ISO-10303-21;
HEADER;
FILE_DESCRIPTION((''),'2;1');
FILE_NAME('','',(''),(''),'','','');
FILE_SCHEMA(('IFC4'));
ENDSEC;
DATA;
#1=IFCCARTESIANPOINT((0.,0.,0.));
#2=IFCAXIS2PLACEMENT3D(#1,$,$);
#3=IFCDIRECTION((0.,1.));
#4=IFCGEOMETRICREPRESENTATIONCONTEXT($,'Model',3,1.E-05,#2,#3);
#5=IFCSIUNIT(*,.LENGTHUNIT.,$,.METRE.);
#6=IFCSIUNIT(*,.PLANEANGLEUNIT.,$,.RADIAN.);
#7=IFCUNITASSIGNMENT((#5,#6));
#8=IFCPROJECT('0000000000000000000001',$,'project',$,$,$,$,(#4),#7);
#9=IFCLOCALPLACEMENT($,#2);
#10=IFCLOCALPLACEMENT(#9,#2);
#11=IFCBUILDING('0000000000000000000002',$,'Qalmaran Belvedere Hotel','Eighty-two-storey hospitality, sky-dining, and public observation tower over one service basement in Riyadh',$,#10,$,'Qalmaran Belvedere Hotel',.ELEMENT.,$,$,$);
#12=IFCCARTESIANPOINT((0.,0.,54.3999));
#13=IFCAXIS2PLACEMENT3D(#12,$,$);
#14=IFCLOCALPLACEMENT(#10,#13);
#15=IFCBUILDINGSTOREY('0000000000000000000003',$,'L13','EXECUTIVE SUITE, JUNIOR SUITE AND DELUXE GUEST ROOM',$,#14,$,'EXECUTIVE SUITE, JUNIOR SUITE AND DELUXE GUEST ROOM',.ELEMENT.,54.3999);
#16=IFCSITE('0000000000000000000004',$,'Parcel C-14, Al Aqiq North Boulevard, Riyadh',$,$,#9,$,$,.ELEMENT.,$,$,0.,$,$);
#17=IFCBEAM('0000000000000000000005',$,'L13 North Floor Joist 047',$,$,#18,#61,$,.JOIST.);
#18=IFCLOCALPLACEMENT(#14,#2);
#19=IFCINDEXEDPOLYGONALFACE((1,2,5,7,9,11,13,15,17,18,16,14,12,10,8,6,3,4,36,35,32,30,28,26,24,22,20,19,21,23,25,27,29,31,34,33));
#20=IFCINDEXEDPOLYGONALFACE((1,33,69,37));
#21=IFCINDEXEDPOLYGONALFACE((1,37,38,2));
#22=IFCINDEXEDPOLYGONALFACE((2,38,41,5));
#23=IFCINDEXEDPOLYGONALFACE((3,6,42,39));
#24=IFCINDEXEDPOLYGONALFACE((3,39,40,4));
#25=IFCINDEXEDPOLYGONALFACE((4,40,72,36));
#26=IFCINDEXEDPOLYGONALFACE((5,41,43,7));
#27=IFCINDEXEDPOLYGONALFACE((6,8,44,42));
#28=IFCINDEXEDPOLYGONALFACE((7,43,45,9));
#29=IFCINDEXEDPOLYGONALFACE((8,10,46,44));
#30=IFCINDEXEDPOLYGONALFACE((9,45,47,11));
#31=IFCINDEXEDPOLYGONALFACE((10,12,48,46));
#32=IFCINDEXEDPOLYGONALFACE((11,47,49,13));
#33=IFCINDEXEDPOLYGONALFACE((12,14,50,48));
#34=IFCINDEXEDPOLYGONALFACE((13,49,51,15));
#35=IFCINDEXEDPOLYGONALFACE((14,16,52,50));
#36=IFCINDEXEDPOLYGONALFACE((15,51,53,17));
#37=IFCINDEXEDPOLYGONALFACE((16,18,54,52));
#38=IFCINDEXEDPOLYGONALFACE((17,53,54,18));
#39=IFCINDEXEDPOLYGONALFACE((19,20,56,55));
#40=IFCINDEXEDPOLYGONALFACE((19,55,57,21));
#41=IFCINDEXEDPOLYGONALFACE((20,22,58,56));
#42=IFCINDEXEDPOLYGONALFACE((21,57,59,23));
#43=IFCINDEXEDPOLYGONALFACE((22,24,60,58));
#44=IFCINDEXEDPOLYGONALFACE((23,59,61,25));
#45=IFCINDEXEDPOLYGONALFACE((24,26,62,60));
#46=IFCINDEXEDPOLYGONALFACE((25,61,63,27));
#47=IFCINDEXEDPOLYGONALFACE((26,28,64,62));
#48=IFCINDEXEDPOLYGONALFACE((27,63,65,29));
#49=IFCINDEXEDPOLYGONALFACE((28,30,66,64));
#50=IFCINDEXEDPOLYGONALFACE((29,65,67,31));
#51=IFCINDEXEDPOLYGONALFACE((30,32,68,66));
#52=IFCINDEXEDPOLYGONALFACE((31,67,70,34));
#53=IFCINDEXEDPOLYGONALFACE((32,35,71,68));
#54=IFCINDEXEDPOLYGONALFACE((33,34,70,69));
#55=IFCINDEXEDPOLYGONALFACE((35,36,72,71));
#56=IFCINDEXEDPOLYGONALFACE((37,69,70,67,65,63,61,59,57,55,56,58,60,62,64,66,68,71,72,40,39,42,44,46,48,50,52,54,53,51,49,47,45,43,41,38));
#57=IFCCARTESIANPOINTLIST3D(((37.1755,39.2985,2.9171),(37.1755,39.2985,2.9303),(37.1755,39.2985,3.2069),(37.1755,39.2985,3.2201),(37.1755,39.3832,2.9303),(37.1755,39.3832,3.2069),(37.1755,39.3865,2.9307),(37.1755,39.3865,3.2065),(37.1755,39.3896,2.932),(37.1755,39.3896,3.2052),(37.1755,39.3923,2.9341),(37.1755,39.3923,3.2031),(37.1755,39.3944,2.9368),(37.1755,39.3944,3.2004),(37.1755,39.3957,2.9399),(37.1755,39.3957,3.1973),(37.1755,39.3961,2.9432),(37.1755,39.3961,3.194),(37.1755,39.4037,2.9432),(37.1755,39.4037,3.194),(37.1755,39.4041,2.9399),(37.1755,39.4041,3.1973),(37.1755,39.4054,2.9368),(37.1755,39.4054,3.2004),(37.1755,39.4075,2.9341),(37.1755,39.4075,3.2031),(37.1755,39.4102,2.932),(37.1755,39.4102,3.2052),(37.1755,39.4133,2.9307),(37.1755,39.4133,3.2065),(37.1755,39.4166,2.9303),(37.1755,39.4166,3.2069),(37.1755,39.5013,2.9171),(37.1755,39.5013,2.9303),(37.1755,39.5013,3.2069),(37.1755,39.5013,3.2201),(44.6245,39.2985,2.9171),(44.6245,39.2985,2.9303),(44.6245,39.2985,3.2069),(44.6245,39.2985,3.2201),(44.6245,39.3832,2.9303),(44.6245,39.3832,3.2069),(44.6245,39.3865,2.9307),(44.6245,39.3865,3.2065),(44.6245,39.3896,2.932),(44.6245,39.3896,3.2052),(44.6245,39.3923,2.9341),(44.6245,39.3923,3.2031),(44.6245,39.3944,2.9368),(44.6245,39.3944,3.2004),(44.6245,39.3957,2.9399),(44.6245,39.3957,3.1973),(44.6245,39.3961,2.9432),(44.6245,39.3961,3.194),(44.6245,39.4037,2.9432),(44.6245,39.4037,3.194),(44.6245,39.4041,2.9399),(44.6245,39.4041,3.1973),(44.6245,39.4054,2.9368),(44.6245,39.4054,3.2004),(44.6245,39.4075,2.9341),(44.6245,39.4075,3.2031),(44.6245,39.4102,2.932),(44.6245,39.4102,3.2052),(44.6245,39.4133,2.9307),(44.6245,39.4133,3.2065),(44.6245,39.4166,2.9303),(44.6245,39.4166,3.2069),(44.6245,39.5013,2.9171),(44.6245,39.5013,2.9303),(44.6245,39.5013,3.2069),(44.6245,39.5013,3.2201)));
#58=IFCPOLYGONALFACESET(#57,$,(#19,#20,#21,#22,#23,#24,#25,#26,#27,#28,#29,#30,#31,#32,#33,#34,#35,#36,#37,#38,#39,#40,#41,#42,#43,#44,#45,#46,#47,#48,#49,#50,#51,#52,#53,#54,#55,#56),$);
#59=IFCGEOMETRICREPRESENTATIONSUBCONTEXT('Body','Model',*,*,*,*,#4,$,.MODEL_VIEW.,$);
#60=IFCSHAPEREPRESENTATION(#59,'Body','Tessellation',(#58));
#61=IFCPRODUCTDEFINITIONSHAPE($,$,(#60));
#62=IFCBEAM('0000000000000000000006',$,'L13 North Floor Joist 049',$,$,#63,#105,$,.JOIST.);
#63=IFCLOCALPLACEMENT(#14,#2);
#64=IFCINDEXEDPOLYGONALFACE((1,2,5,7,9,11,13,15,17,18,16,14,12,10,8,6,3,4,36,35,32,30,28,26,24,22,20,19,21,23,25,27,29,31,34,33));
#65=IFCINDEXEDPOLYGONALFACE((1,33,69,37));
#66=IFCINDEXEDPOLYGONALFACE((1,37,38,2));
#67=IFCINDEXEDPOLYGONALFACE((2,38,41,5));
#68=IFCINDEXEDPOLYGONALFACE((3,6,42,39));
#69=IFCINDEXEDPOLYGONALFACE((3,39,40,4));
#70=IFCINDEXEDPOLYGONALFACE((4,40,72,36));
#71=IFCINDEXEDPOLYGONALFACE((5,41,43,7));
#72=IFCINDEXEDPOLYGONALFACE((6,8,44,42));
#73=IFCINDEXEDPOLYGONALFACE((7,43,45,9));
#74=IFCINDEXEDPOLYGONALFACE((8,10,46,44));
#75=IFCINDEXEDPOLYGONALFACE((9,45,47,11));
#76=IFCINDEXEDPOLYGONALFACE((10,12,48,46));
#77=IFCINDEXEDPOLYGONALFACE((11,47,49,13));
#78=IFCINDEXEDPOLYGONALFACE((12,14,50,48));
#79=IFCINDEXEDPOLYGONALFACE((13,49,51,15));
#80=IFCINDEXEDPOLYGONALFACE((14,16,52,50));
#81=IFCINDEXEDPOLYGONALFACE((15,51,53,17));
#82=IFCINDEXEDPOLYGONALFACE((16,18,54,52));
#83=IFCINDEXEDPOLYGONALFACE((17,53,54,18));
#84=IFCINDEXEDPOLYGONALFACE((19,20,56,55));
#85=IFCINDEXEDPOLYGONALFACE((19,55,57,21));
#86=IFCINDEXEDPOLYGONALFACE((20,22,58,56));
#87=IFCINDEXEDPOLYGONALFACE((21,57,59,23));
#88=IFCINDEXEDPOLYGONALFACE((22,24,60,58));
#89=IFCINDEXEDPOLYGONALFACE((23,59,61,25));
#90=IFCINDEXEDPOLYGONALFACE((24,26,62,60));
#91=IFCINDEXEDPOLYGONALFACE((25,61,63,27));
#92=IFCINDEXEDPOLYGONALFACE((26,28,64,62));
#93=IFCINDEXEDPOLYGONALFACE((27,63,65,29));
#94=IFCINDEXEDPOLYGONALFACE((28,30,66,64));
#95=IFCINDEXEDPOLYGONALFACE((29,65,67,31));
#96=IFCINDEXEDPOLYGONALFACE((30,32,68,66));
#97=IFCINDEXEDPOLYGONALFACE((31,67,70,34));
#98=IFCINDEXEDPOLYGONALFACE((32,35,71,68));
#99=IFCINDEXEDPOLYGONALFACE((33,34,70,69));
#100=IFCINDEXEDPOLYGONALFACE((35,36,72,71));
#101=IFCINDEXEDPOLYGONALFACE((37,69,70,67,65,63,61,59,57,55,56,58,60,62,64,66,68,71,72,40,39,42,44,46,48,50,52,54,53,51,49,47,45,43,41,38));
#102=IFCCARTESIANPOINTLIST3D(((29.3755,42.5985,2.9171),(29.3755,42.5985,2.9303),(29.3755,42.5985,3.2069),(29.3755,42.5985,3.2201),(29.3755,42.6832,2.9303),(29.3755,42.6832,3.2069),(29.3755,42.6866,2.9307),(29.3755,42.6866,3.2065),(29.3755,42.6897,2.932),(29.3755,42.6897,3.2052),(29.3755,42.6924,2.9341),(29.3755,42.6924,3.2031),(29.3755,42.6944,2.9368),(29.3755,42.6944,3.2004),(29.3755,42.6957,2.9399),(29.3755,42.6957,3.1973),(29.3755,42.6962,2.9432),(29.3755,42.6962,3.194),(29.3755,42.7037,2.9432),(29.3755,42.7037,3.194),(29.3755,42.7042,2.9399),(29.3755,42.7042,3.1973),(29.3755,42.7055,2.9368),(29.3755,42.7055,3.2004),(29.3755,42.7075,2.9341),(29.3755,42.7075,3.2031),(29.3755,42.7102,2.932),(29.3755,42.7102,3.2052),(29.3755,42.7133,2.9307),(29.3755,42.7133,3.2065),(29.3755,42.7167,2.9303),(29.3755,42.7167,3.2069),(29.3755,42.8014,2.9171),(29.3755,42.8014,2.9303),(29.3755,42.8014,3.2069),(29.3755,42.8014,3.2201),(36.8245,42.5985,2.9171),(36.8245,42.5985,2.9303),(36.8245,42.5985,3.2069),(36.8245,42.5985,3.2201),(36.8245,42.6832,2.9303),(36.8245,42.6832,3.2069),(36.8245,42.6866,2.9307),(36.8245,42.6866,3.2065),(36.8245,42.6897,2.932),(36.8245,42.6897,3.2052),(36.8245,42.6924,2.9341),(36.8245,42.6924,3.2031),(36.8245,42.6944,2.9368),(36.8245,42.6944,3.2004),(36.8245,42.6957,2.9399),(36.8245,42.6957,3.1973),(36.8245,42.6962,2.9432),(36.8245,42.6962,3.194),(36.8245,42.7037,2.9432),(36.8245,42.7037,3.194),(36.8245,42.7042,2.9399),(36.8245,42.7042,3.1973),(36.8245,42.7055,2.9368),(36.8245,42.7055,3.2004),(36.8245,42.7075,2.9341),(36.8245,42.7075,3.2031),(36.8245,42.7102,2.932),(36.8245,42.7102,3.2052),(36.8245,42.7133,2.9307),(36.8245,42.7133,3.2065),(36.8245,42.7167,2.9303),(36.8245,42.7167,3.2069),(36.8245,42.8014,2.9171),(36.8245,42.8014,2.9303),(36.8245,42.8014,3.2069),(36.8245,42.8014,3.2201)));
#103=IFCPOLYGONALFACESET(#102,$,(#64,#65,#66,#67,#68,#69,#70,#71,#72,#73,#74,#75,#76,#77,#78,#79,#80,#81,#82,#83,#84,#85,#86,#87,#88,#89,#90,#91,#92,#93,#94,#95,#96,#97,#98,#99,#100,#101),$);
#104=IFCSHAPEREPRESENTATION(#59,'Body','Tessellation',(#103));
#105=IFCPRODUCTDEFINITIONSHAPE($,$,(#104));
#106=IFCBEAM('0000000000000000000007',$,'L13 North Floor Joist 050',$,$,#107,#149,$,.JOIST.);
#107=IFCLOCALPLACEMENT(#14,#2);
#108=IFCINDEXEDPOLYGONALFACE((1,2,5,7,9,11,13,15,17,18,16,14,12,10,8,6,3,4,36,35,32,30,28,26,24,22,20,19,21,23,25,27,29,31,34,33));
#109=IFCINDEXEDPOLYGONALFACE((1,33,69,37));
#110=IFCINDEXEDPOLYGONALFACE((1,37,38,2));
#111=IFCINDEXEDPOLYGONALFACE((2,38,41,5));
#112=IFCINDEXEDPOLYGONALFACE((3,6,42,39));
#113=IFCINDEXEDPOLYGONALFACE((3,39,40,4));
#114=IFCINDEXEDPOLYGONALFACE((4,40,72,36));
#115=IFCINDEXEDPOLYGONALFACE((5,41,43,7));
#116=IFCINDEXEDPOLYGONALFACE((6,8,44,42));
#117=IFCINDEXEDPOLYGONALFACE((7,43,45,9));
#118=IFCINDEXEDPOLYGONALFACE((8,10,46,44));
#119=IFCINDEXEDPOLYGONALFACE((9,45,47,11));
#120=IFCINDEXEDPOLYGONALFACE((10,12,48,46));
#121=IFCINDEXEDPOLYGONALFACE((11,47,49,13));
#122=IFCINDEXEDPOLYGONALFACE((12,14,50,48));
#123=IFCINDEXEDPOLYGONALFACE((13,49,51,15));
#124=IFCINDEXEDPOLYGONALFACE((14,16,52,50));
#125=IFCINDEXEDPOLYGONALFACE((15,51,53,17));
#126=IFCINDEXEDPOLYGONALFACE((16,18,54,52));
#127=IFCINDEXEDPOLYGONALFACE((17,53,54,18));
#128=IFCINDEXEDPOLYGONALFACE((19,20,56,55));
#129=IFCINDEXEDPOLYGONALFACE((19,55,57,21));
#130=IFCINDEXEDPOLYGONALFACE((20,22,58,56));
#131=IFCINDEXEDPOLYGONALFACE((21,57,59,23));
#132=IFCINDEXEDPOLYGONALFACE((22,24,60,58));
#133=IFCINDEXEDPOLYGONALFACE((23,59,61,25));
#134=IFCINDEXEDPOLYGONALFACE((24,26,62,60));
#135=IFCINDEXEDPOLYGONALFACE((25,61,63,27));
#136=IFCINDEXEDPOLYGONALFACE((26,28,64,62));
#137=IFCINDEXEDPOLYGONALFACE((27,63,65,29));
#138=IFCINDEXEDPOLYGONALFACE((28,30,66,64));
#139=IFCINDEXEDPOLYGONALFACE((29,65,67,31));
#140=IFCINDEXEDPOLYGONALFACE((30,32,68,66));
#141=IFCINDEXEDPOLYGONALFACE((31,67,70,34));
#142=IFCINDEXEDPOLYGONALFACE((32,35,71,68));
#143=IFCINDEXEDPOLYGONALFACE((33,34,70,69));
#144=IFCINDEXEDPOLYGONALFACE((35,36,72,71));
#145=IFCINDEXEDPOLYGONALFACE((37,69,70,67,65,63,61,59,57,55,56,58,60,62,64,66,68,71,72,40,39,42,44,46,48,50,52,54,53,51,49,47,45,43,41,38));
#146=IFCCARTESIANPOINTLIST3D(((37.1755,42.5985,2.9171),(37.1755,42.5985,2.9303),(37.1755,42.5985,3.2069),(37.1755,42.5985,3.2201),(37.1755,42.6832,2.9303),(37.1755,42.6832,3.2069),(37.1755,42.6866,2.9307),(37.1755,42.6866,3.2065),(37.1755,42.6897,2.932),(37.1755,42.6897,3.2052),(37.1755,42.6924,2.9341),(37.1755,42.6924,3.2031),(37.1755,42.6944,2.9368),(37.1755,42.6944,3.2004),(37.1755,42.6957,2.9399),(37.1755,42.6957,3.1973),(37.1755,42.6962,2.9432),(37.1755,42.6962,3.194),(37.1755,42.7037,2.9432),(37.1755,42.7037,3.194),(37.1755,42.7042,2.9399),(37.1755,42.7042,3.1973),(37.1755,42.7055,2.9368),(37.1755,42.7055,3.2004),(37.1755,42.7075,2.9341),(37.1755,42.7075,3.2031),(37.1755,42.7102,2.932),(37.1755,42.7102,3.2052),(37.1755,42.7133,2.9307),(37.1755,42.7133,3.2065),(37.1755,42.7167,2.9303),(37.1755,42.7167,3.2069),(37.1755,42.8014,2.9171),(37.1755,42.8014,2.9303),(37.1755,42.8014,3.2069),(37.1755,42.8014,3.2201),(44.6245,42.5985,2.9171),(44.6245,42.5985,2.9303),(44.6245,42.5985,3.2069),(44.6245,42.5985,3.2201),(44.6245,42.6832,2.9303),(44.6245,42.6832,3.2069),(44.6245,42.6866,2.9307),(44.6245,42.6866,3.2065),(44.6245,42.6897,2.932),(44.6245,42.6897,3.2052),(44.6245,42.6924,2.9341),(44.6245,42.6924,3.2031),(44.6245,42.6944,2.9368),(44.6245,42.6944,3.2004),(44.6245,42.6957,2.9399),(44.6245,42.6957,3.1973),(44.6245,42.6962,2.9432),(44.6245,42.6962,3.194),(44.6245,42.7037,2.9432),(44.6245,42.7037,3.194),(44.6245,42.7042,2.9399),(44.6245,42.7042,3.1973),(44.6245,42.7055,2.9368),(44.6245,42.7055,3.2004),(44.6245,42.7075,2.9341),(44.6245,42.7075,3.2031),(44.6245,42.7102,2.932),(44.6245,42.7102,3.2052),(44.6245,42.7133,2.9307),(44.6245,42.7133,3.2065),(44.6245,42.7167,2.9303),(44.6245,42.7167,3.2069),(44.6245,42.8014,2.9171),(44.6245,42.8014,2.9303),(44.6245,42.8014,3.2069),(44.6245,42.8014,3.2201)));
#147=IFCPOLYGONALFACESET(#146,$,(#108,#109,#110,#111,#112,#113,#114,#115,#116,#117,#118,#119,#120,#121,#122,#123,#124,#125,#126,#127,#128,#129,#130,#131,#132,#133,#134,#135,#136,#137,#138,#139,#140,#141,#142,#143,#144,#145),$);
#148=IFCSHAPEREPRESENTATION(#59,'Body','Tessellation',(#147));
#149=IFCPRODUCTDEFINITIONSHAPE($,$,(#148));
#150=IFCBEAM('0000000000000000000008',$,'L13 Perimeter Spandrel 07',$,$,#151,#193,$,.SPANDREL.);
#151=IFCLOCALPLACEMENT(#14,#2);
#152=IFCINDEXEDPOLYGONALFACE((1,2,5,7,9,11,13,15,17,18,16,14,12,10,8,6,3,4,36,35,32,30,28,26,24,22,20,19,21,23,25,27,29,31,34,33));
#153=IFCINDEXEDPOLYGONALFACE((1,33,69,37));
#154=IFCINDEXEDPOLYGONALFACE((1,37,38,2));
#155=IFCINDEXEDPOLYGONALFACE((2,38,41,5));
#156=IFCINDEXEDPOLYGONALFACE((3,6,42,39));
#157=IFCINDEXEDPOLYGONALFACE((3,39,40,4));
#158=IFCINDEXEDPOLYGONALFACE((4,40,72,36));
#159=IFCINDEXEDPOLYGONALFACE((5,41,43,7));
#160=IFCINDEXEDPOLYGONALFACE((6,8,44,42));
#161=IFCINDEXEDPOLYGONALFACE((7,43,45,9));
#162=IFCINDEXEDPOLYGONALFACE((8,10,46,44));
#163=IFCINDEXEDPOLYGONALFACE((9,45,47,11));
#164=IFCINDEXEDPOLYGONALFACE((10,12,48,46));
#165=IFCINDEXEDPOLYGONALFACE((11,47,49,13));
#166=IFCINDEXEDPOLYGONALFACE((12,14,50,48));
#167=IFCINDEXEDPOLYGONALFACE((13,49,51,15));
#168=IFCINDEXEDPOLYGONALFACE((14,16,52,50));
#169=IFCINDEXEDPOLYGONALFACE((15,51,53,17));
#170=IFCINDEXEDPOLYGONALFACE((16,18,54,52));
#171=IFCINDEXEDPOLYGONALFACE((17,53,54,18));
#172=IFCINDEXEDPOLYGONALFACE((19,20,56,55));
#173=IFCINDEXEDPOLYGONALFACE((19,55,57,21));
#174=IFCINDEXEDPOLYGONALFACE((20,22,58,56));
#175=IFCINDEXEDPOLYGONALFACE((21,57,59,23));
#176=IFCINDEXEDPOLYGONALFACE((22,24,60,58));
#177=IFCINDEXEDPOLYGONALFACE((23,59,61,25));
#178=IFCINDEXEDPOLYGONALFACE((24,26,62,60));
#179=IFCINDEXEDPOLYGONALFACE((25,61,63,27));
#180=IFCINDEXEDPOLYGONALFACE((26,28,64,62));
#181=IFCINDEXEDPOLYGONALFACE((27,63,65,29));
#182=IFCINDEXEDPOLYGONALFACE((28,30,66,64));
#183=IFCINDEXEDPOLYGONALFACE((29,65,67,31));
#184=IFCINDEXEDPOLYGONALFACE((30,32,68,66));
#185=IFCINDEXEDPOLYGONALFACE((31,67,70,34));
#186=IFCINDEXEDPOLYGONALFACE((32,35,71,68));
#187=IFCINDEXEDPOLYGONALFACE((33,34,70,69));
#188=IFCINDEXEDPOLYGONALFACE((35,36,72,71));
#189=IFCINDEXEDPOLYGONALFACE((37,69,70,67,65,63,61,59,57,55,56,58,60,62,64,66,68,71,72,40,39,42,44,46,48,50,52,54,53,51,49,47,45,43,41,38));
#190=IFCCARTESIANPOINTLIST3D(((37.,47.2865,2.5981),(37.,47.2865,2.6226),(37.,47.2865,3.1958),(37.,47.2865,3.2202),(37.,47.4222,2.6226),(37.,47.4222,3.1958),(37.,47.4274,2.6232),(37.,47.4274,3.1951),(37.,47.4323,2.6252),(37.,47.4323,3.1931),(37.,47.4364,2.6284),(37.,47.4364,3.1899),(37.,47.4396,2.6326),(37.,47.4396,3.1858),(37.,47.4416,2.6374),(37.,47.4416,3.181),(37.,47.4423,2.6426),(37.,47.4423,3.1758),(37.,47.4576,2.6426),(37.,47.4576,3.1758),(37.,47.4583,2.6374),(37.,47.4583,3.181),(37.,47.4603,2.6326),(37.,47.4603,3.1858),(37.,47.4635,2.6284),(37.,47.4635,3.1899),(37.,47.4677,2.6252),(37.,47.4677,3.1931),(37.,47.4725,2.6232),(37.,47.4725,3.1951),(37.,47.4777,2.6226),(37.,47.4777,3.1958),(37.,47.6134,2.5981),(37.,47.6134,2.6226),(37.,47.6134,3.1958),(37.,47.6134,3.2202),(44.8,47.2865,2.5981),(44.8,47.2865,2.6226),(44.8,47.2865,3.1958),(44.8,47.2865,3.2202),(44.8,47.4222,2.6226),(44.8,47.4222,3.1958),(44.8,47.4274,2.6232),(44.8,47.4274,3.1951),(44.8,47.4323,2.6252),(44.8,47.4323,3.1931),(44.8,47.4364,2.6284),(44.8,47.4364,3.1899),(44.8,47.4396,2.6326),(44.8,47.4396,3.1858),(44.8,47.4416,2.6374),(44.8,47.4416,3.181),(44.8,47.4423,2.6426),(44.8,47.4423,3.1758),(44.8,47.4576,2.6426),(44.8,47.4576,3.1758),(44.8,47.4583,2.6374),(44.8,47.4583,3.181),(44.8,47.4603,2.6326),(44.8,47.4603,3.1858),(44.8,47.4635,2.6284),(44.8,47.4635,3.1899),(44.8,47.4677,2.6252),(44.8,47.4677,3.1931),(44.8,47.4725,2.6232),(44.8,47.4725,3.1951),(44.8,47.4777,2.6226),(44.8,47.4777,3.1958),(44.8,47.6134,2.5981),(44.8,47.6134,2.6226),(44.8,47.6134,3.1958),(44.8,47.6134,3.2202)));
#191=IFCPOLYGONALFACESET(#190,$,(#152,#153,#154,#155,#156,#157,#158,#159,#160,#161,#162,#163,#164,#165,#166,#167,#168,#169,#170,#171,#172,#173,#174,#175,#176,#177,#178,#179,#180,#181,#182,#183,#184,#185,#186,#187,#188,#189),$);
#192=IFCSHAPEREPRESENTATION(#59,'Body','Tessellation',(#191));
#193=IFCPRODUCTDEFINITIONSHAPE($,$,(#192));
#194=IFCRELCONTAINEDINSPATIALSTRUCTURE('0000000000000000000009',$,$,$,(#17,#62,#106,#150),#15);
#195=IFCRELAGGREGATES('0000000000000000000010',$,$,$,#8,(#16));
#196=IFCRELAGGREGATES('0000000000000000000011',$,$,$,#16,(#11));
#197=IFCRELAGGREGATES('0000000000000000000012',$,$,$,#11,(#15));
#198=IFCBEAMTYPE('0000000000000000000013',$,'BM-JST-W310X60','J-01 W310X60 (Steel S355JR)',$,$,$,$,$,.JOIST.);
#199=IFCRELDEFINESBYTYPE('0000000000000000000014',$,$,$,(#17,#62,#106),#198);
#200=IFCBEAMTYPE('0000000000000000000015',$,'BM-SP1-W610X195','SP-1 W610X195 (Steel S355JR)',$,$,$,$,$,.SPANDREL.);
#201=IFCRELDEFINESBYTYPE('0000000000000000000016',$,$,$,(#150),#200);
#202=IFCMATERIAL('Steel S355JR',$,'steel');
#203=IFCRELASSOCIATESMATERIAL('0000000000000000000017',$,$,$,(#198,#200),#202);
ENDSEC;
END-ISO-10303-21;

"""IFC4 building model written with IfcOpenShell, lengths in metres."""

from ifc_helpers import new_model, si_unit, direction, frame, origin, origin_2d, place, context, subcontext, project, spatial, i_section, extrude, material, material_profile, profile_set, type_object, element, save


model = new_model("IFC4")

# Units and contexts
model_context = context("Model", 3, precision=1e-05, world=origin(), true_north=direction((0.0, 1.0)))
body_context = subcontext(model_context, "Body", "Model", "MODEL_VIEW")
ifc_project = project(units=[si_unit("LENGTHUNIT", "METRE"), si_unit("PLANEANGLEUNIT", "RADIAN")], contexts=[model_context])

# Site, building, storey
site_placement = place(None, origin())
site = spatial("IfcSite", under=ifc_project, at=site_placement, Name="Parcel C-14, Al Aqiq North Boulevard, Riyadh", CompositionType="ELEMENT", RefElevation=0.0)
building_placement = place(site_placement, origin())
building = spatial("IfcBuilding", under=site, at=building_placement, Name="Qalmaran Belvedere Hotel", Description="Eighty-two-storey hospitality, sky-dining, and public observation tower over one service basement in Riyadh", LongName="Qalmaran Belvedere Hotel", CompositionType="ELEMENT")
storey_placement = place(building_placement, frame((0.0, 0.0, 54.3999)))
storey = spatial("IfcBuildingStorey", under=building, at=storey_placement, Name="L13", Description="EXECUTIVE SUITE, JUNIOR SUITE AND DELUXE GUEST ROOM", LongName="EXECUTIVE SUITE, JUNIOR SUITE AND DELUXE GUEST ROOM", CompositionType="ELEMENT", Elevation=54.3999)

# Beams
ifc_material_1 = material(Name="Steel S355JR", Category="steel")
ifc_material_profile_1 = material_profile(ifc_material_1, i_section(OverallWidth=0.2029, OverallDepth=0.303, WebThickness=0.0076, FlangeThickness=0.0132, FilletRadius=0.0129, at=origin_2d()), Name="W310X60")
ifc_profile_set_1 = profile_set([ifc_material_profile_1], Name="Steel S355JR")
beam_type_1 = type_object("IfcBeamType", Name="BM-JST-W310X60", Description="J-01 W310X60 (Steel S355JR)", PredefinedType="JOIST", material=ifc_profile_set_1)
for number, where, z_axis, x_axis, name in (
    (1, (37.1755, 39.3999, 3.0686), (1.0, 0.0, 0.0), (0.0, 1.0, 0.0), "L13 North Floor Joist 047"),
    (2, (29.3755, 42.7, 3.0686), (1.0, 0.0, 0.0), (0.0, 1.0, 0.0), "L13 North Floor Joist 049"),
    (3, (37.1755, 42.7, 3.0686), (1.0, 0.0, 0.0), (0.0, 1.0, 0.0), "L13 North Floor Joist 050"),
):
    element("IfcBeam", number, at=place(storey_placement, frame(where, z_axis=z_axis, x_axis=x_axis)), inside=storey, type_object=beam_type_1, Name=name, PredefinedType="JOIST", context=body_context, shape_type="SweptSolid", body=[
        extrude(i_section(OverallWidth=0.2029, OverallDepth=0.303, WebThickness=0.0076, FlangeThickness=0.0132, FilletRadius=0.0129, at=origin_2d()), origin(), (0.0, 0.0, 1.0), 7.449),
    ])
ifc_material_profile_2 = material_profile(ifc_material_1, i_section(OverallWidth=0.3269, OverallDepth=0.6221, WebThickness=0.0154, FlangeThickness=0.0244, FilletRadius=0.02, at=origin_2d()), Name="W610X195")
ifc_profile_set_2 = profile_set([ifc_material_profile_2], Name="Steel S355JR")
beam_type_2 = type_object("IfcBeamType", Name="BM-SP1-W610X195", Description="SP-1 W610X195 (Steel S355JR)", PredefinedType="SPANDREL", material=ifc_profile_set_2)
beam_1_placement = place(storey_placement, frame((37.0, 47.45, 2.9092), z_axis=(1.0, 0.0, 0.0), x_axis=(0.0, 1.0, 0.0)))
element("IfcBeam", 4, at=beam_1_placement, inside=storey, type_object=beam_type_2, Name="L13 Perimeter Spandrel 07", PredefinedType="SPANDREL", context=body_context, shape_type="SweptSolid", body=[
    extrude(i_section(OverallWidth=0.3269, OverallDepth=0.6221, WebThickness=0.0154, FlangeThickness=0.0244, FilletRadius=0.02, at=origin_2d()), origin(), (0.0, 0.0, 1.0), 7.8),
])

save(model, "model.ifc")
